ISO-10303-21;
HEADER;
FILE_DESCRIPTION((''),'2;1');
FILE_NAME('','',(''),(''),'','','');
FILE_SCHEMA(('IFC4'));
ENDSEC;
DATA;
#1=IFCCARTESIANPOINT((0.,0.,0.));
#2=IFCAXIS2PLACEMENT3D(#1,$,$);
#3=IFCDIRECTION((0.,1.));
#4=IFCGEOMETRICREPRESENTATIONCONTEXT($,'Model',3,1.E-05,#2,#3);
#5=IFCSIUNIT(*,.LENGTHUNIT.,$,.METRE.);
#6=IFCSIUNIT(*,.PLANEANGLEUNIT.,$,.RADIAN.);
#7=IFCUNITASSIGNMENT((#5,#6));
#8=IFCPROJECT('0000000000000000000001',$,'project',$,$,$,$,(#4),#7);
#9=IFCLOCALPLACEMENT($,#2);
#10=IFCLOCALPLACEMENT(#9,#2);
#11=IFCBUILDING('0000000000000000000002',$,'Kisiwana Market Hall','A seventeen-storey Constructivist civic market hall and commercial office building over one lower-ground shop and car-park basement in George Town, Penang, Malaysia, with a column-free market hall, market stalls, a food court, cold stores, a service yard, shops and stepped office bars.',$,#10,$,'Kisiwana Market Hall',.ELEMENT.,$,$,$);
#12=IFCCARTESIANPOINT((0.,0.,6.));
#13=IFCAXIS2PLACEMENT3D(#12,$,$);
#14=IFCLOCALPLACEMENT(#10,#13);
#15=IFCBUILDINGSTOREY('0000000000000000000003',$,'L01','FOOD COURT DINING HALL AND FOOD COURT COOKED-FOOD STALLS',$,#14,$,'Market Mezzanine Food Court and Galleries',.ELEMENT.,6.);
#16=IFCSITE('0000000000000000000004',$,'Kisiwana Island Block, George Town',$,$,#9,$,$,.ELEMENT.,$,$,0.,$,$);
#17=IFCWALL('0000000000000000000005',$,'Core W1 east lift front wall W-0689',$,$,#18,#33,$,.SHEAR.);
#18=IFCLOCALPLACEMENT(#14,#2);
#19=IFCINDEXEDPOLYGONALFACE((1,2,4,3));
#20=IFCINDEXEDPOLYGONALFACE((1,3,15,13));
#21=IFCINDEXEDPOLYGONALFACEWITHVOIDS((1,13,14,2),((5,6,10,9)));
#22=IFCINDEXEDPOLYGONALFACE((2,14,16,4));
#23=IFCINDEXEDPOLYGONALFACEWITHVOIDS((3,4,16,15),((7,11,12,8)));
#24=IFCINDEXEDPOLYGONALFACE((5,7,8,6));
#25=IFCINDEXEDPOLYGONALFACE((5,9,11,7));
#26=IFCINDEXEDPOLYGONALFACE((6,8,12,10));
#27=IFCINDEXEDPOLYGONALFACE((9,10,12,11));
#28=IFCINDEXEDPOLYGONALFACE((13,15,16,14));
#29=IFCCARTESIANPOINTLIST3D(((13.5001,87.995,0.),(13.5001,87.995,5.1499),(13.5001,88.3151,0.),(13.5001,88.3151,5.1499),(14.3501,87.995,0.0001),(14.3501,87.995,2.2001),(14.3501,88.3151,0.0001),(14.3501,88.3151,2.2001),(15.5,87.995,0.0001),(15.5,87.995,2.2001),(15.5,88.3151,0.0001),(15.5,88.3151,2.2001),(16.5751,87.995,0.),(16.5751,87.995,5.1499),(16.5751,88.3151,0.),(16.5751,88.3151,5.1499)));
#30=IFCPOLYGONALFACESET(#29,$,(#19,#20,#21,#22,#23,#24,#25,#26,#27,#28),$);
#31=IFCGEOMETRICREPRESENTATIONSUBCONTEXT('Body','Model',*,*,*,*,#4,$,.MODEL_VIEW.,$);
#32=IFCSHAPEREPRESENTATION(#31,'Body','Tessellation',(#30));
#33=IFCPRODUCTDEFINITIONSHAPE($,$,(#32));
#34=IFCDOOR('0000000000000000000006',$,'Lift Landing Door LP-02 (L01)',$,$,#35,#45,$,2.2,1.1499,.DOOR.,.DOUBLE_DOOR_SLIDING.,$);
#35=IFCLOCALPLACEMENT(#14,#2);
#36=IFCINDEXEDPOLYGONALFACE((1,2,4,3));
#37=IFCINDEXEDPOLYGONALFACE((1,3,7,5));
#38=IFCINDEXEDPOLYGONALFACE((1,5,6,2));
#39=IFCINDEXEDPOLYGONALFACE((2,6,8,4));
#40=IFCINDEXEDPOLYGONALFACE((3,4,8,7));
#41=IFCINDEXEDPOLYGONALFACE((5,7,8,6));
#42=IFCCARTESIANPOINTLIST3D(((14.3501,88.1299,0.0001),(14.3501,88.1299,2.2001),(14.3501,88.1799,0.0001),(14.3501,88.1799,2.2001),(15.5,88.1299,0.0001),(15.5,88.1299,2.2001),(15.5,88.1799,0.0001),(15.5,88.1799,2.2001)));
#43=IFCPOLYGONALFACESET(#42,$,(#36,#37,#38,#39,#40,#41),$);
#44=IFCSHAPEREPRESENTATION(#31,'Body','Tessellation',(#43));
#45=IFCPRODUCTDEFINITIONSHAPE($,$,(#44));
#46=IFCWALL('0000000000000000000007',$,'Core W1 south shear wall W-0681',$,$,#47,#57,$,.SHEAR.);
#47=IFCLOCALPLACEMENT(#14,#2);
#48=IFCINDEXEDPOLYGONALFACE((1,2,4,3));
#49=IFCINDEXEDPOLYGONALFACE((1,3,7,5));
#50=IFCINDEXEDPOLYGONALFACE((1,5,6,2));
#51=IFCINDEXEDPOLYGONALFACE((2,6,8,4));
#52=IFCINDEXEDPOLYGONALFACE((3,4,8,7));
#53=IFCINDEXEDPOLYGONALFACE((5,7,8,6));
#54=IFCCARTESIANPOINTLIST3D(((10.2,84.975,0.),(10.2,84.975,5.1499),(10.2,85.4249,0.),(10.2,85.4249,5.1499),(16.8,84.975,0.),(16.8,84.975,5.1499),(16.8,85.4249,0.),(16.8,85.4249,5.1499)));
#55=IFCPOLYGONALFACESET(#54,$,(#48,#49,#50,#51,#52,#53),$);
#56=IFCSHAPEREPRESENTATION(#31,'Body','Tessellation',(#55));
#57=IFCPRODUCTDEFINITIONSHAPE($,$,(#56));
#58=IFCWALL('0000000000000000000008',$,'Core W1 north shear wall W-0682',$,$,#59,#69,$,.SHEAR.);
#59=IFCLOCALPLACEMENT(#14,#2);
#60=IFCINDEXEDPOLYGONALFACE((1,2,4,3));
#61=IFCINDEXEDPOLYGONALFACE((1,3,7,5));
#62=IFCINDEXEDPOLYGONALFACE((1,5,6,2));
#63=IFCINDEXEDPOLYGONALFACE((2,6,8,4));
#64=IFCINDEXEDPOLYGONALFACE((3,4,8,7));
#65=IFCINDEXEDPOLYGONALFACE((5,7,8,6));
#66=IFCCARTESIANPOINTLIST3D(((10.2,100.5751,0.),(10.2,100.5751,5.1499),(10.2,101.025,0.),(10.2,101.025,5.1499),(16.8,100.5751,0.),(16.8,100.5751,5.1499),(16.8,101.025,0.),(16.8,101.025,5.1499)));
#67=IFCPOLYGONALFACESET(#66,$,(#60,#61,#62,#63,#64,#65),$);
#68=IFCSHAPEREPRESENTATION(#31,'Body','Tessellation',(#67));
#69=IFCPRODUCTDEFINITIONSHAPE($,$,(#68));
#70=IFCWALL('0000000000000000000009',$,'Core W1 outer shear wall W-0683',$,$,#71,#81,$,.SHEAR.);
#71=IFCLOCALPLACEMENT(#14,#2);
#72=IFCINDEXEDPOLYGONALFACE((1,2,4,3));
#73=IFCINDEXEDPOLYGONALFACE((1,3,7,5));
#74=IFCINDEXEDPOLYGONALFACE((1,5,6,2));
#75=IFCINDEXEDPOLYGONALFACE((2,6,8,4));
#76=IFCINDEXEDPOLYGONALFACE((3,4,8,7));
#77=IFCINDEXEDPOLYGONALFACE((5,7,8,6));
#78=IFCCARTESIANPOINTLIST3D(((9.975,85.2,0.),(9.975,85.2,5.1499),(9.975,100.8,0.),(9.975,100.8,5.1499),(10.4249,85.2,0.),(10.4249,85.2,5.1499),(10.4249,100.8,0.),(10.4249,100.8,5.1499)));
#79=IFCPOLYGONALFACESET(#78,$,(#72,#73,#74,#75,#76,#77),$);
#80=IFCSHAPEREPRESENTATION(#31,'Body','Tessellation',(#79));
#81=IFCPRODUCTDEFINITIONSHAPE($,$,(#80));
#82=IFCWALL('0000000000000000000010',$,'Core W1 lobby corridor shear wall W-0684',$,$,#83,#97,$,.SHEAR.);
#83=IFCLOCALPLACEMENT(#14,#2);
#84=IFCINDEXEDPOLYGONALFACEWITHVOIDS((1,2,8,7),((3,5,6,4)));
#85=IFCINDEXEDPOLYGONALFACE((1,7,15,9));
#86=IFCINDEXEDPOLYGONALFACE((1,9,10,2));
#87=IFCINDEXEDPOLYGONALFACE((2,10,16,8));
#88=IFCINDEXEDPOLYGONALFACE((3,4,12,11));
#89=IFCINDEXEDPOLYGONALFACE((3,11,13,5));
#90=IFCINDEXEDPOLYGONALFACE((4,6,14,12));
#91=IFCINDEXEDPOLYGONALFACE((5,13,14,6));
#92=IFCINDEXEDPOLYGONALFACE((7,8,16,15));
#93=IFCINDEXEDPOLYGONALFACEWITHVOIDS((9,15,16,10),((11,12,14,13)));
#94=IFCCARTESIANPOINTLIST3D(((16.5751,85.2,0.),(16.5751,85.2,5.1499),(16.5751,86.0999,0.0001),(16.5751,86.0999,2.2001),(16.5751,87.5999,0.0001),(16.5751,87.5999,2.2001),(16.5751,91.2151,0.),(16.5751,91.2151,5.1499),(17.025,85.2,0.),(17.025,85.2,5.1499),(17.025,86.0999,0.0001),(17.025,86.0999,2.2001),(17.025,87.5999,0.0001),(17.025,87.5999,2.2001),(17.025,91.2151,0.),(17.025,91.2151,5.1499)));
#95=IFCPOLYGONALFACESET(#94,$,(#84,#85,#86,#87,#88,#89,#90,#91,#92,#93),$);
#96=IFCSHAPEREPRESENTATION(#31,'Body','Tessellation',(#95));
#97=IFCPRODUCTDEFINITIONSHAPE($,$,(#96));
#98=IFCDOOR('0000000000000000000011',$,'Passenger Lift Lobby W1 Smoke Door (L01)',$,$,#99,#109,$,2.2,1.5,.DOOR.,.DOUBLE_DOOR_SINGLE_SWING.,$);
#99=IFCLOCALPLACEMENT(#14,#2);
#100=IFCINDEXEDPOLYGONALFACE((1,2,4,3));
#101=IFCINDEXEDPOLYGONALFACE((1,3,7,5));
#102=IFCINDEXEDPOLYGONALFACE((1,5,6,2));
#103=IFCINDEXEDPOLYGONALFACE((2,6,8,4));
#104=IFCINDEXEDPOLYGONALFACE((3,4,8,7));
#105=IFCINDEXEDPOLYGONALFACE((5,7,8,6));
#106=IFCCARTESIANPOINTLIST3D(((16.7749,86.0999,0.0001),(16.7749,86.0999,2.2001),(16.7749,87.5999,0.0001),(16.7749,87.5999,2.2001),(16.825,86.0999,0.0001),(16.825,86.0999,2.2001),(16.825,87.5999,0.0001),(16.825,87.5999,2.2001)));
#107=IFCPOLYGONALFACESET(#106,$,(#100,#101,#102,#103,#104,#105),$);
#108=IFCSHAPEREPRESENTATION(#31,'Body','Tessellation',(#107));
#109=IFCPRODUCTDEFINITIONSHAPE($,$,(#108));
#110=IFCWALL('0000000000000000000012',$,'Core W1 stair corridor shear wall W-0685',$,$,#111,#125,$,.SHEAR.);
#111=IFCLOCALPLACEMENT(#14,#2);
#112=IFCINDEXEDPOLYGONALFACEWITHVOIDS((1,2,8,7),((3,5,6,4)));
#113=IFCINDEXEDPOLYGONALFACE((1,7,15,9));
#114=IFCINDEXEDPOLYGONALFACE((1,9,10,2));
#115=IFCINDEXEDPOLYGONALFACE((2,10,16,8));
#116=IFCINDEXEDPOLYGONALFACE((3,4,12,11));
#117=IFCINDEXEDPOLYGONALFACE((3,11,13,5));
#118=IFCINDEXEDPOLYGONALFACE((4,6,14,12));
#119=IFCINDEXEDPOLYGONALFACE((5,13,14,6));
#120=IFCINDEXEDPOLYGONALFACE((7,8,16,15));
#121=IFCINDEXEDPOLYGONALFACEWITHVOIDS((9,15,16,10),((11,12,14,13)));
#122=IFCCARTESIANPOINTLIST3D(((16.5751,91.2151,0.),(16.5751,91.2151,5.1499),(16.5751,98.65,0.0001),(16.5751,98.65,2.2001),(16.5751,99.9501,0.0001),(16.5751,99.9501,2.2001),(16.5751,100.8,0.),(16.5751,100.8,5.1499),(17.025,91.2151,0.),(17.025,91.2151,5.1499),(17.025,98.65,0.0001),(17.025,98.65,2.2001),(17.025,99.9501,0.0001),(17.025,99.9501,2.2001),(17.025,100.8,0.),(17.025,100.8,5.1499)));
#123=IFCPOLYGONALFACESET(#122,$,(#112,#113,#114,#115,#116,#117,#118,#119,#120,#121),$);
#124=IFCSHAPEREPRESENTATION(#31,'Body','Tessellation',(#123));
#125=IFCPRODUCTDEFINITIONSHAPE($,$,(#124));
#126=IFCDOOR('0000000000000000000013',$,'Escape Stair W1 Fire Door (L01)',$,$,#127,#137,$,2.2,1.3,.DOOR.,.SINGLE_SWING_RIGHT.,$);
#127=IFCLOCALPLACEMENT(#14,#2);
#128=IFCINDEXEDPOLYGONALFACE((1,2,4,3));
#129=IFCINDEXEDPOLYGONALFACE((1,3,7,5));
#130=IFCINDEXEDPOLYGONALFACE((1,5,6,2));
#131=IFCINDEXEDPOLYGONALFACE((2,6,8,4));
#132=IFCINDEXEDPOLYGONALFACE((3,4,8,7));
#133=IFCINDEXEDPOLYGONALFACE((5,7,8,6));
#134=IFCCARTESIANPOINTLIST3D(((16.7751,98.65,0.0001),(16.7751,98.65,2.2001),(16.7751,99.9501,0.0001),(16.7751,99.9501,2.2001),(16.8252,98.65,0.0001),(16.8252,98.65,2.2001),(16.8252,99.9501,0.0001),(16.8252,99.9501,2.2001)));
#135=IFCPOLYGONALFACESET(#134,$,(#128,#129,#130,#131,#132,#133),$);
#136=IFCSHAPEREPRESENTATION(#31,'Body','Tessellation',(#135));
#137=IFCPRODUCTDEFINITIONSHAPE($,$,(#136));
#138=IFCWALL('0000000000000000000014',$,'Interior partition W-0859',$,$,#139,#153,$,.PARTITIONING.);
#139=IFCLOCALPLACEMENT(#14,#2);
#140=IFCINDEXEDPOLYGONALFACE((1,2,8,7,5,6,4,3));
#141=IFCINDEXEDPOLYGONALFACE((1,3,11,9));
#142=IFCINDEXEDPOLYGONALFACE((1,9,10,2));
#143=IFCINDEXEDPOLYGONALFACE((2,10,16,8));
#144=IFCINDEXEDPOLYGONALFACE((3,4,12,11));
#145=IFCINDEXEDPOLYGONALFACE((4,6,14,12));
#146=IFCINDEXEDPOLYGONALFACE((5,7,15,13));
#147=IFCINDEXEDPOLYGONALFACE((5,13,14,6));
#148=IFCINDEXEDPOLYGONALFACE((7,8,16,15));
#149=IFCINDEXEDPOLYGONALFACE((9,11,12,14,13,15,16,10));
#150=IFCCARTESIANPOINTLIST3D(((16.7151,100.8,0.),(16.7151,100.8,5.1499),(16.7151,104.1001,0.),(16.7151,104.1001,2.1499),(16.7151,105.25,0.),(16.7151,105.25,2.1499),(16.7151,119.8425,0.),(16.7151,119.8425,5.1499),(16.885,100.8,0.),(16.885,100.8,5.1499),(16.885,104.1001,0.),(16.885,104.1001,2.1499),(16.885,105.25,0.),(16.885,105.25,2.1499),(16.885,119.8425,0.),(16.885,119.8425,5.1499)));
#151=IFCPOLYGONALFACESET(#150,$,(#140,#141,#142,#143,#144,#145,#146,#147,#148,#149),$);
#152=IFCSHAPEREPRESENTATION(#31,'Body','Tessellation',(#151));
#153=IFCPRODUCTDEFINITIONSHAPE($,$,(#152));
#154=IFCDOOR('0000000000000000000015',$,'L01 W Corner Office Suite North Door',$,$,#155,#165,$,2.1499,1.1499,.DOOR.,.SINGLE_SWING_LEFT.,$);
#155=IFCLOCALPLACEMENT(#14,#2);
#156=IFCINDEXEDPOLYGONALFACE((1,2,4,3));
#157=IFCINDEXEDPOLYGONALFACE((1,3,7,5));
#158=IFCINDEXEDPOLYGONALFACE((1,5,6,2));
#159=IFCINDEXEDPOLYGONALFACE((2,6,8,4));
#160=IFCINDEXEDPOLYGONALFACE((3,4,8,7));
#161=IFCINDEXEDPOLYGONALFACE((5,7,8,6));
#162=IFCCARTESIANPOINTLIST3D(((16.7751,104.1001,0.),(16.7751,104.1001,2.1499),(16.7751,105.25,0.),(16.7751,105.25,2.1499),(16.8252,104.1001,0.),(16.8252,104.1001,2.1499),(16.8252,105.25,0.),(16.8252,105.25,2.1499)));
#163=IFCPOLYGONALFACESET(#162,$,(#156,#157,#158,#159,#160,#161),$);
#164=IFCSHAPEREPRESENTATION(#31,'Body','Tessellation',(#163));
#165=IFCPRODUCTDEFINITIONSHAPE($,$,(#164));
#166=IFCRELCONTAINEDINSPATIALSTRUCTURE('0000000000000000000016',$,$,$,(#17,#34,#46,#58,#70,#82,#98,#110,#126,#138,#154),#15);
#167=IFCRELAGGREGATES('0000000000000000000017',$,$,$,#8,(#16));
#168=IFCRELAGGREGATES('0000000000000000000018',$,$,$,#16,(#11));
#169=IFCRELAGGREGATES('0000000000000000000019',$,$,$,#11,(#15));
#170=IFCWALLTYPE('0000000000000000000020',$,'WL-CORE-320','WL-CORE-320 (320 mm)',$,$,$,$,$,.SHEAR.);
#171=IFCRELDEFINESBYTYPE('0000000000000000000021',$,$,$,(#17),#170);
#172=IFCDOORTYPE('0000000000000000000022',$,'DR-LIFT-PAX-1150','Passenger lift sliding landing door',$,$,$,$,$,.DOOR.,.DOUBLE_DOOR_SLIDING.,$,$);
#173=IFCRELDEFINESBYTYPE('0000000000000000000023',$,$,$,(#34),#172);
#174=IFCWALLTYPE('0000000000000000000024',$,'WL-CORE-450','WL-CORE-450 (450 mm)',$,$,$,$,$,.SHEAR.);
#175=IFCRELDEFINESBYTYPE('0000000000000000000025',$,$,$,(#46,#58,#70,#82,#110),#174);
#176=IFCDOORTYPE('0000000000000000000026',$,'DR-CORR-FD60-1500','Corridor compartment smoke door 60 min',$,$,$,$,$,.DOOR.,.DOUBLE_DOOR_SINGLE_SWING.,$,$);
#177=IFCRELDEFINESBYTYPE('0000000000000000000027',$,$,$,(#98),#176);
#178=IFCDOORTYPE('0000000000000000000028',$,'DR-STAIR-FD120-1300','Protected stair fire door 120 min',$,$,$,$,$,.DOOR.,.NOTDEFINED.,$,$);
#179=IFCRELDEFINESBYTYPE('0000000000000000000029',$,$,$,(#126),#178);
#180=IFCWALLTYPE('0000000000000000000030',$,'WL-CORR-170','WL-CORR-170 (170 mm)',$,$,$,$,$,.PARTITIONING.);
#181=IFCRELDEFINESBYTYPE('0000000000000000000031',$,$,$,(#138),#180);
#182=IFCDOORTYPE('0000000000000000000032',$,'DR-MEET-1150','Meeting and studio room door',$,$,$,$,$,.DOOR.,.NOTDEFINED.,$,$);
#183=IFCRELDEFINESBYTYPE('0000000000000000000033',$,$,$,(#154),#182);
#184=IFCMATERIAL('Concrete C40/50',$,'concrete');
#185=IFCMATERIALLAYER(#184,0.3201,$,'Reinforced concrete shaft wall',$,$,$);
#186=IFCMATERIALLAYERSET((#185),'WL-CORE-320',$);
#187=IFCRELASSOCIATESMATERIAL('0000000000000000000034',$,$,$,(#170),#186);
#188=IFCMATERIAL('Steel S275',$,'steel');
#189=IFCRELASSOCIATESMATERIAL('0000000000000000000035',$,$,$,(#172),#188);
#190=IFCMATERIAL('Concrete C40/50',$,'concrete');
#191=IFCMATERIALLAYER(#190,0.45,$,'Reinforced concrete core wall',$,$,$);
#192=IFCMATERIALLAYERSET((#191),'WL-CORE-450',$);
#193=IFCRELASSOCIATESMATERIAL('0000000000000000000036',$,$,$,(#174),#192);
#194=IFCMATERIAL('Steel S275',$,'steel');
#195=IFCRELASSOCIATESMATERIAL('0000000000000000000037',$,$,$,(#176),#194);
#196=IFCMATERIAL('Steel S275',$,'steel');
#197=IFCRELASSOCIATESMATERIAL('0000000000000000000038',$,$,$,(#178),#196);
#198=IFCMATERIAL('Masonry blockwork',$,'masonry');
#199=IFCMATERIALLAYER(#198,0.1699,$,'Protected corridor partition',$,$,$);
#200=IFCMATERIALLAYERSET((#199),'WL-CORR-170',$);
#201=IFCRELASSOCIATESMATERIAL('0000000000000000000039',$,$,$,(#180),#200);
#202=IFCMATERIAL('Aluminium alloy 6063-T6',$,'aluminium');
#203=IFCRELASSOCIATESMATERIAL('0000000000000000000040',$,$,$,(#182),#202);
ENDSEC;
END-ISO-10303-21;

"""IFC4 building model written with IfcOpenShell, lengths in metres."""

from ifc_helpers import new_model, si_unit, direction, frame, frame_2d, origin, place, context, subcontext, project, spatial, rectangle, extrude, material, layer, layer_set, type_object, element, fill, save


model = new_model("IFC4")

# Units and contexts
model_context = context("Model", 3, precision=1e-05, world=origin(), true_north=direction((0.0, 1.0)))
body_context = subcontext(model_context, "Body", "Model", "MODEL_VIEW")
ifc_project = project(units=[si_unit("LENGTHUNIT", "METRE"), si_unit("PLANEANGLEUNIT", "RADIAN")], contexts=[model_context])

# Site, building, storey
site_placement = place(None, origin())
site = spatial("IfcSite", under=ifc_project, at=site_placement, Name="Kisiwana Island Block, George Town", CompositionType="ELEMENT", RefElevation=0.0)
building_placement = place(site_placement, origin())
building = spatial("IfcBuilding", under=site, at=building_placement, Name="Kisiwana Market Hall", Description="A seventeen-storey Constructivist civic market hall and commercial office building over one lower-ground shop and car-park basement in George Town, Penang, Malaysia, with a column-free market hall, market stalls, a food court, cold stores, a service yard, shops and stepped office bars.", LongName="Kisiwana Market Hall", CompositionType="ELEMENT")
storey_placement = place(building_placement, frame((0.0, 0.0, 6.0)))
storey = spatial("IfcBuildingStorey", under=building, at=storey_placement, Name="L01", Description="FOOD COURT DINING HALL AND FOOD COURT COOKED-FOOD STALLS", LongName="Market Mezzanine Food Court and Galleries", CompositionType="ELEMENT", Elevation=6.0)

# Shared definitions
ifc_material_1 = material(Name="Concrete C40/50", Category="concrete")
ifc_layer_1 = layer(ifc_material_1, 0.3201, Name="Reinforced concrete shaft wall")
ifc_layer_set_1 = layer_set([ifc_layer_1], Name="WL-CORE-320")
wall_type_1 = type_object("IfcWallType", Name="WL-CORE-320", Description="WL-CORE-320 (320 mm)", PredefinedType="SHEAR", material=ifc_layer_set_1)

# Wall, opening, door
wall_1_placement = place(storey_placement, frame((13.5, 88.155, 0.0), z_axis=(0.0, 0.0, 1.0), x_axis=(1.0, 0.0, 0.0)))
wall_1 = element("IfcWall", 1, at=wall_1_placement, inside=storey, type_object=wall_type_1, Name="Core W1 east lift front wall W-0689", PredefinedType="SHEAR", context=body_context, shape_type="SweptSolid", body=[
    extrude(rectangle(XDim=3.075, YDim=0.3201, at=frame_2d((1.5376, 0.0))), origin(), (0.0, 0.0, 1.0), 5.1499),
])
opening_1_placement = place(wall_1_placement, frame((0.8501, 0.0, 0.0)))
opening_1 = element("IfcOpeningElement", 2, at=opening_1_placement, cuts=wall_1, PredefinedType="OPENING", context=body_context, shape_type="SweptSolid", body=[
    extrude(rectangle(XDim=1.1499, YDim=2.2, at=frame_2d((0.575, 1.1001))), frame((0.0, 0.1719, 0.0), z_axis=(0.0, -1.0, 0.0), x_axis=(1.0, 0.0, 0.0)), (0.0, 0.0, 1.0), 0.344),
])
ifc_material_2 = material(Name="Steel S275", Category="steel")
door_type_1 = type_object("IfcDoorType", Name="DR-LIFT-PAX-1150", Description="Passenger lift sliding landing door", OperationType="DOUBLE_DOOR_SLIDING", PredefinedType="DOOR", material=ifc_material_2)
door_1_placement = place(opening_1_placement, origin())
door_1 = element("IfcDoor", 3, at=door_1_placement, inside=storey, type_object=door_type_1, Name="Lift Landing Door LP-02 (L01)", OperationType="DOUBLE_DOOR_SLIDING", OverallHeight=2.2, OverallWidth=1.1499, PredefinedType="DOOR", context=body_context, shape_type="SweptSolid", body=[
    extrude(rectangle(XDim=1.1499, YDim=2.2, at=frame_2d((0.575, 1.1001))), frame((0.0, 0.0249, 0.0), z_axis=(0.0, -1.0, 0.0), x_axis=(1.0, 0.0, 0.0)), (0.0, 0.0, 1.0), 0.05),
])
fill(opening_1, door_1)

# Walls
ifc_material_3 = material(Name="Concrete C40/50", Category="concrete")
ifc_layer_2 = layer(ifc_material_3, 0.45, Name="Reinforced concrete core wall")
ifc_layer_set_2 = layer_set([ifc_layer_2], Name="WL-CORE-450")
wall_type_2 = type_object("IfcWallType", Name="WL-CORE-450", Description="WL-CORE-450 (450 mm)", PredefinedType="SHEAR", material=ifc_layer_set_2)
for number, where, z_axis, x_axis, name in (
    (4, (10.2, 85.2, 0.0), (0.0, 0.0, 1.0), (1.0, 0.0, 0.0), "Core W1 south shear wall W-0681"),
    (5, (10.2, 100.8, 0.0), (0.0, 0.0, 1.0), (1.0, 0.0, 0.0), "Core W1 north shear wall W-0682"),
):
    element("IfcWall", number, at=place(storey_placement, frame(where, z_axis=z_axis, x_axis=x_axis)), inside=storey, type_object=wall_type_2, Name=name, PredefinedType="SHEAR", context=body_context, shape_type="SweptSolid", body=[
        extrude(rectangle(XDim=6.6001, YDim=0.45, at=frame_2d((3.3, 0.0))), origin(), (0.0, 0.0, 1.0), 5.1499),
    ])
wall_2_placement = place(storey_placement, frame((10.2, 85.2, 0.0), z_axis=(0.0, 0.0, 1.0), x_axis=(0.0, 1.0, 0.0)))
element("IfcWall", 6, at=wall_2_placement, inside=storey, type_object=wall_type_2, Name="Core W1 outer shear wall W-0683", PredefinedType="SHEAR", context=body_context, shape_type="SweptSolid", body=[
    extrude(rectangle(XDim=15.6001, YDim=0.45, at=frame_2d((7.8, 0.0))), origin(), (0.0, 0.0, 1.0), 5.1499),
])

# Walls, openings, doors
wall_3_placement = place(storey_placement, frame((16.8, 85.2, 0.0), z_axis=(0.0, 0.0, 1.0), x_axis=(0.0, 1.0, 0.0)))
wall_3 = element("IfcWall", 7, at=wall_3_placement, inside=storey, type_object=wall_type_2, Name="Core W1 lobby corridor shear wall W-0684", PredefinedType="SHEAR", context=body_context, shape_type="SweptSolid", body=[
    extrude(rectangle(XDim=6.0151, YDim=0.45, at=frame_2d((3.0076, 0.0))), origin(), (0.0, 0.0, 1.0), 5.1499),
])
opening_2_placement = place(wall_3_placement, frame((0.8999, 0.0, 0.0)))
opening_2 = element("IfcOpeningElement", 8, at=opening_2_placement, cuts=wall_3, PredefinedType="OPENING", context=body_context, shape_type="SweptSolid", body=[
    extrude(rectangle(XDim=1.5, YDim=2.2, at=frame_2d((0.75, 1.1001))), frame((0.0, 0.2368, 0.0), z_axis=(0.0, -1.0, 0.0), x_axis=(1.0, 0.0, 0.0)), (0.0, 0.0, 1.0), 0.4739),
])
ifc_material_4 = material(Name="Steel S275", Category="steel")
door_type_2 = type_object("IfcDoorType", Name="DR-CORR-FD60-1500", Description="Corridor compartment smoke door 60 min", OperationType="DOUBLE_DOOR_SINGLE_SWING", PredefinedType="DOOR", material=ifc_material_4)
door_2_placement = place(opening_2_placement, frame((1.5, 0.0, 0.0), z_axis=(0.0, 0.0, 1.0), x_axis=(-1.0, 0.0, 0.0)))
door_2 = element("IfcDoor", 9, at=door_2_placement, inside=storey, type_object=door_type_2, Name="Passenger Lift Lobby W1 Smoke Door (L01)", OperationType="DOUBLE_DOOR_SINGLE_SWING", OverallHeight=2.2, OverallWidth=1.5, PredefinedType="DOOR", context=body_context, shape_type="SweptSolid", body=[
    extrude(rectangle(XDim=1.5, YDim=2.2, at=frame_2d((0.75, 1.1001))), frame((0.0, 0.0249, 0.0), z_axis=(0.0, -1.0, 0.0), x_axis=(1.0, 0.0, 0.0)), (0.0, 0.0, 1.0), 0.05),
])
fill(opening_2, door_2)
wall_4_placement = place(storey_placement, frame((16.8, 91.2151, 0.0), z_axis=(0.0, 0.0, 1.0), x_axis=(0.0, 1.0, 0.0)))
wall_4 = element("IfcWall", 10, at=wall_4_placement, inside=storey, type_object=wall_type_2, Name="Core W1 stair corridor shear wall W-0685", PredefinedType="SHEAR", context=body_context, shape_type="SweptSolid", body=[
    extrude(rectangle(XDim=9.585, YDim=0.45, at=frame_2d((4.7925, 0.0))), origin(), (0.0, 0.0, 1.0), 5.1499),
])
opening_3_placement = place(wall_4_placement, frame((7.4351, 0.0, 0.0)))
opening_3 = element("IfcOpeningElement", 11, at=opening_3_placement, cuts=wall_4, PredefinedType="OPENING", context=body_context, shape_type="SweptSolid", body=[
    extrude(rectangle(XDim=1.3, YDim=2.2, at=frame_2d((0.6499, 1.1001))), frame((0.0, 0.2368, 0.0), z_axis=(0.0, -1.0, 0.0), x_axis=(1.0, 0.0, 0.0)), (0.0, 0.0, 1.0), 0.4739),
])
ifc_material_5 = material(Name="Steel S275", Category="steel")
door_type_3 = type_object("IfcDoorType", Name="DR-STAIR-FD120-1300", Description="Protected stair fire door 120 min", OperationType="NOTDEFINED", PredefinedType="DOOR", material=ifc_material_5)
door_3_placement = place(opening_3_placement, origin())
door_3 = element("IfcDoor", 12, at=door_3_placement, inside=storey, type_object=door_type_3, Name="Escape Stair W1 Fire Door (L01)", OperationType="SINGLE_SWING_RIGHT", OverallHeight=2.2, OverallWidth=1.3, PredefinedType="DOOR", context=body_context, shape_type="SweptSolid", body=[
    extrude(rectangle(XDim=1.3, YDim=2.2, at=frame_2d((0.6499, 1.1001))), frame((0.0, 0.0249, 0.0), z_axis=(0.0, -1.0, 0.0), x_axis=(1.0, 0.0, 0.0)), (0.0, 0.0, 1.0), 0.05),
])
fill(opening_3, door_3)
ifc_material_6 = material(Name="Masonry blockwork", Category="masonry")
ifc_layer_3 = layer(ifc_material_6, 0.1699, Name="Protected corridor partition")
ifc_layer_set_3 = layer_set([ifc_layer_3], Name="WL-CORR-170")
wall_type_3 = type_object("IfcWallType", Name="WL-CORR-170", Description="WL-CORR-170 (170 mm)", PredefinedType="PARTITIONING", material=ifc_layer_set_3)
wall_5_placement = place(storey_placement, frame((16.8, 100.8, 0.0), z_axis=(0.0, 0.0, 1.0), x_axis=(0.0, 1.0, 0.0)))
wall_5 = element("IfcWall", 13, at=wall_5_placement, inside=storey, type_object=wall_type_3, Name="Interior partition W-0859", PredefinedType="PARTITIONING", context=body_context, shape_type="SweptSolid", body=[
    extrude(rectangle(XDim=19.0425, YDim=0.1699, at=frame_2d((9.5212, 0.0))), origin(), (0.0, 0.0, 1.0), 5.1499),
])
opening_4_placement = place(wall_5_placement, frame((3.3, 0.0, 0.0)))
opening_4 = element("IfcOpeningElement", 14, at=opening_4_placement, cuts=wall_5, PredefinedType="OPENING", context=body_context, shape_type="SweptSolid", body=[
    extrude(rectangle(XDim=1.1499, YDim=2.1499, at=frame_2d((0.575, 1.075))), frame((0.0, 0.0969, 0.0), z_axis=(0.0, -1.0, 0.0), x_axis=(1.0, 0.0, 0.0)), (0.0, 0.0, 1.0), 0.1938),
])
ifc_material_7 = material(Name="Aluminium alloy 6063-T6", Category="aluminium")
door_type_4 = type_object("IfcDoorType", Name="DR-MEET-1150", Description="Meeting and studio room door", OperationType="NOTDEFINED", PredefinedType="DOOR", material=ifc_material_7)
door_4_placement = place(opening_4_placement, origin())
door_4 = element("IfcDoor", 15, at=door_4_placement, inside=storey, type_object=door_type_4, Name="L01 W Corner Office Suite North Door", OperationType="SINGLE_SWING_LEFT", OverallHeight=2.1499, OverallWidth=1.1499, PredefinedType="DOOR", context=body_context, shape_type="SweptSolid", body=[
    extrude(rectangle(XDim=1.1499, YDim=2.1499, at=frame_2d((0.575, 1.075))), frame((0.0, 0.0249, 0.0), z_axis=(0.0, -1.0, 0.0), x_axis=(1.0, 0.0, 0.0)), (0.0, 0.0, 1.0), 0.05),
])
fill(opening_4, door_4)

save(model, "model.ifc")
